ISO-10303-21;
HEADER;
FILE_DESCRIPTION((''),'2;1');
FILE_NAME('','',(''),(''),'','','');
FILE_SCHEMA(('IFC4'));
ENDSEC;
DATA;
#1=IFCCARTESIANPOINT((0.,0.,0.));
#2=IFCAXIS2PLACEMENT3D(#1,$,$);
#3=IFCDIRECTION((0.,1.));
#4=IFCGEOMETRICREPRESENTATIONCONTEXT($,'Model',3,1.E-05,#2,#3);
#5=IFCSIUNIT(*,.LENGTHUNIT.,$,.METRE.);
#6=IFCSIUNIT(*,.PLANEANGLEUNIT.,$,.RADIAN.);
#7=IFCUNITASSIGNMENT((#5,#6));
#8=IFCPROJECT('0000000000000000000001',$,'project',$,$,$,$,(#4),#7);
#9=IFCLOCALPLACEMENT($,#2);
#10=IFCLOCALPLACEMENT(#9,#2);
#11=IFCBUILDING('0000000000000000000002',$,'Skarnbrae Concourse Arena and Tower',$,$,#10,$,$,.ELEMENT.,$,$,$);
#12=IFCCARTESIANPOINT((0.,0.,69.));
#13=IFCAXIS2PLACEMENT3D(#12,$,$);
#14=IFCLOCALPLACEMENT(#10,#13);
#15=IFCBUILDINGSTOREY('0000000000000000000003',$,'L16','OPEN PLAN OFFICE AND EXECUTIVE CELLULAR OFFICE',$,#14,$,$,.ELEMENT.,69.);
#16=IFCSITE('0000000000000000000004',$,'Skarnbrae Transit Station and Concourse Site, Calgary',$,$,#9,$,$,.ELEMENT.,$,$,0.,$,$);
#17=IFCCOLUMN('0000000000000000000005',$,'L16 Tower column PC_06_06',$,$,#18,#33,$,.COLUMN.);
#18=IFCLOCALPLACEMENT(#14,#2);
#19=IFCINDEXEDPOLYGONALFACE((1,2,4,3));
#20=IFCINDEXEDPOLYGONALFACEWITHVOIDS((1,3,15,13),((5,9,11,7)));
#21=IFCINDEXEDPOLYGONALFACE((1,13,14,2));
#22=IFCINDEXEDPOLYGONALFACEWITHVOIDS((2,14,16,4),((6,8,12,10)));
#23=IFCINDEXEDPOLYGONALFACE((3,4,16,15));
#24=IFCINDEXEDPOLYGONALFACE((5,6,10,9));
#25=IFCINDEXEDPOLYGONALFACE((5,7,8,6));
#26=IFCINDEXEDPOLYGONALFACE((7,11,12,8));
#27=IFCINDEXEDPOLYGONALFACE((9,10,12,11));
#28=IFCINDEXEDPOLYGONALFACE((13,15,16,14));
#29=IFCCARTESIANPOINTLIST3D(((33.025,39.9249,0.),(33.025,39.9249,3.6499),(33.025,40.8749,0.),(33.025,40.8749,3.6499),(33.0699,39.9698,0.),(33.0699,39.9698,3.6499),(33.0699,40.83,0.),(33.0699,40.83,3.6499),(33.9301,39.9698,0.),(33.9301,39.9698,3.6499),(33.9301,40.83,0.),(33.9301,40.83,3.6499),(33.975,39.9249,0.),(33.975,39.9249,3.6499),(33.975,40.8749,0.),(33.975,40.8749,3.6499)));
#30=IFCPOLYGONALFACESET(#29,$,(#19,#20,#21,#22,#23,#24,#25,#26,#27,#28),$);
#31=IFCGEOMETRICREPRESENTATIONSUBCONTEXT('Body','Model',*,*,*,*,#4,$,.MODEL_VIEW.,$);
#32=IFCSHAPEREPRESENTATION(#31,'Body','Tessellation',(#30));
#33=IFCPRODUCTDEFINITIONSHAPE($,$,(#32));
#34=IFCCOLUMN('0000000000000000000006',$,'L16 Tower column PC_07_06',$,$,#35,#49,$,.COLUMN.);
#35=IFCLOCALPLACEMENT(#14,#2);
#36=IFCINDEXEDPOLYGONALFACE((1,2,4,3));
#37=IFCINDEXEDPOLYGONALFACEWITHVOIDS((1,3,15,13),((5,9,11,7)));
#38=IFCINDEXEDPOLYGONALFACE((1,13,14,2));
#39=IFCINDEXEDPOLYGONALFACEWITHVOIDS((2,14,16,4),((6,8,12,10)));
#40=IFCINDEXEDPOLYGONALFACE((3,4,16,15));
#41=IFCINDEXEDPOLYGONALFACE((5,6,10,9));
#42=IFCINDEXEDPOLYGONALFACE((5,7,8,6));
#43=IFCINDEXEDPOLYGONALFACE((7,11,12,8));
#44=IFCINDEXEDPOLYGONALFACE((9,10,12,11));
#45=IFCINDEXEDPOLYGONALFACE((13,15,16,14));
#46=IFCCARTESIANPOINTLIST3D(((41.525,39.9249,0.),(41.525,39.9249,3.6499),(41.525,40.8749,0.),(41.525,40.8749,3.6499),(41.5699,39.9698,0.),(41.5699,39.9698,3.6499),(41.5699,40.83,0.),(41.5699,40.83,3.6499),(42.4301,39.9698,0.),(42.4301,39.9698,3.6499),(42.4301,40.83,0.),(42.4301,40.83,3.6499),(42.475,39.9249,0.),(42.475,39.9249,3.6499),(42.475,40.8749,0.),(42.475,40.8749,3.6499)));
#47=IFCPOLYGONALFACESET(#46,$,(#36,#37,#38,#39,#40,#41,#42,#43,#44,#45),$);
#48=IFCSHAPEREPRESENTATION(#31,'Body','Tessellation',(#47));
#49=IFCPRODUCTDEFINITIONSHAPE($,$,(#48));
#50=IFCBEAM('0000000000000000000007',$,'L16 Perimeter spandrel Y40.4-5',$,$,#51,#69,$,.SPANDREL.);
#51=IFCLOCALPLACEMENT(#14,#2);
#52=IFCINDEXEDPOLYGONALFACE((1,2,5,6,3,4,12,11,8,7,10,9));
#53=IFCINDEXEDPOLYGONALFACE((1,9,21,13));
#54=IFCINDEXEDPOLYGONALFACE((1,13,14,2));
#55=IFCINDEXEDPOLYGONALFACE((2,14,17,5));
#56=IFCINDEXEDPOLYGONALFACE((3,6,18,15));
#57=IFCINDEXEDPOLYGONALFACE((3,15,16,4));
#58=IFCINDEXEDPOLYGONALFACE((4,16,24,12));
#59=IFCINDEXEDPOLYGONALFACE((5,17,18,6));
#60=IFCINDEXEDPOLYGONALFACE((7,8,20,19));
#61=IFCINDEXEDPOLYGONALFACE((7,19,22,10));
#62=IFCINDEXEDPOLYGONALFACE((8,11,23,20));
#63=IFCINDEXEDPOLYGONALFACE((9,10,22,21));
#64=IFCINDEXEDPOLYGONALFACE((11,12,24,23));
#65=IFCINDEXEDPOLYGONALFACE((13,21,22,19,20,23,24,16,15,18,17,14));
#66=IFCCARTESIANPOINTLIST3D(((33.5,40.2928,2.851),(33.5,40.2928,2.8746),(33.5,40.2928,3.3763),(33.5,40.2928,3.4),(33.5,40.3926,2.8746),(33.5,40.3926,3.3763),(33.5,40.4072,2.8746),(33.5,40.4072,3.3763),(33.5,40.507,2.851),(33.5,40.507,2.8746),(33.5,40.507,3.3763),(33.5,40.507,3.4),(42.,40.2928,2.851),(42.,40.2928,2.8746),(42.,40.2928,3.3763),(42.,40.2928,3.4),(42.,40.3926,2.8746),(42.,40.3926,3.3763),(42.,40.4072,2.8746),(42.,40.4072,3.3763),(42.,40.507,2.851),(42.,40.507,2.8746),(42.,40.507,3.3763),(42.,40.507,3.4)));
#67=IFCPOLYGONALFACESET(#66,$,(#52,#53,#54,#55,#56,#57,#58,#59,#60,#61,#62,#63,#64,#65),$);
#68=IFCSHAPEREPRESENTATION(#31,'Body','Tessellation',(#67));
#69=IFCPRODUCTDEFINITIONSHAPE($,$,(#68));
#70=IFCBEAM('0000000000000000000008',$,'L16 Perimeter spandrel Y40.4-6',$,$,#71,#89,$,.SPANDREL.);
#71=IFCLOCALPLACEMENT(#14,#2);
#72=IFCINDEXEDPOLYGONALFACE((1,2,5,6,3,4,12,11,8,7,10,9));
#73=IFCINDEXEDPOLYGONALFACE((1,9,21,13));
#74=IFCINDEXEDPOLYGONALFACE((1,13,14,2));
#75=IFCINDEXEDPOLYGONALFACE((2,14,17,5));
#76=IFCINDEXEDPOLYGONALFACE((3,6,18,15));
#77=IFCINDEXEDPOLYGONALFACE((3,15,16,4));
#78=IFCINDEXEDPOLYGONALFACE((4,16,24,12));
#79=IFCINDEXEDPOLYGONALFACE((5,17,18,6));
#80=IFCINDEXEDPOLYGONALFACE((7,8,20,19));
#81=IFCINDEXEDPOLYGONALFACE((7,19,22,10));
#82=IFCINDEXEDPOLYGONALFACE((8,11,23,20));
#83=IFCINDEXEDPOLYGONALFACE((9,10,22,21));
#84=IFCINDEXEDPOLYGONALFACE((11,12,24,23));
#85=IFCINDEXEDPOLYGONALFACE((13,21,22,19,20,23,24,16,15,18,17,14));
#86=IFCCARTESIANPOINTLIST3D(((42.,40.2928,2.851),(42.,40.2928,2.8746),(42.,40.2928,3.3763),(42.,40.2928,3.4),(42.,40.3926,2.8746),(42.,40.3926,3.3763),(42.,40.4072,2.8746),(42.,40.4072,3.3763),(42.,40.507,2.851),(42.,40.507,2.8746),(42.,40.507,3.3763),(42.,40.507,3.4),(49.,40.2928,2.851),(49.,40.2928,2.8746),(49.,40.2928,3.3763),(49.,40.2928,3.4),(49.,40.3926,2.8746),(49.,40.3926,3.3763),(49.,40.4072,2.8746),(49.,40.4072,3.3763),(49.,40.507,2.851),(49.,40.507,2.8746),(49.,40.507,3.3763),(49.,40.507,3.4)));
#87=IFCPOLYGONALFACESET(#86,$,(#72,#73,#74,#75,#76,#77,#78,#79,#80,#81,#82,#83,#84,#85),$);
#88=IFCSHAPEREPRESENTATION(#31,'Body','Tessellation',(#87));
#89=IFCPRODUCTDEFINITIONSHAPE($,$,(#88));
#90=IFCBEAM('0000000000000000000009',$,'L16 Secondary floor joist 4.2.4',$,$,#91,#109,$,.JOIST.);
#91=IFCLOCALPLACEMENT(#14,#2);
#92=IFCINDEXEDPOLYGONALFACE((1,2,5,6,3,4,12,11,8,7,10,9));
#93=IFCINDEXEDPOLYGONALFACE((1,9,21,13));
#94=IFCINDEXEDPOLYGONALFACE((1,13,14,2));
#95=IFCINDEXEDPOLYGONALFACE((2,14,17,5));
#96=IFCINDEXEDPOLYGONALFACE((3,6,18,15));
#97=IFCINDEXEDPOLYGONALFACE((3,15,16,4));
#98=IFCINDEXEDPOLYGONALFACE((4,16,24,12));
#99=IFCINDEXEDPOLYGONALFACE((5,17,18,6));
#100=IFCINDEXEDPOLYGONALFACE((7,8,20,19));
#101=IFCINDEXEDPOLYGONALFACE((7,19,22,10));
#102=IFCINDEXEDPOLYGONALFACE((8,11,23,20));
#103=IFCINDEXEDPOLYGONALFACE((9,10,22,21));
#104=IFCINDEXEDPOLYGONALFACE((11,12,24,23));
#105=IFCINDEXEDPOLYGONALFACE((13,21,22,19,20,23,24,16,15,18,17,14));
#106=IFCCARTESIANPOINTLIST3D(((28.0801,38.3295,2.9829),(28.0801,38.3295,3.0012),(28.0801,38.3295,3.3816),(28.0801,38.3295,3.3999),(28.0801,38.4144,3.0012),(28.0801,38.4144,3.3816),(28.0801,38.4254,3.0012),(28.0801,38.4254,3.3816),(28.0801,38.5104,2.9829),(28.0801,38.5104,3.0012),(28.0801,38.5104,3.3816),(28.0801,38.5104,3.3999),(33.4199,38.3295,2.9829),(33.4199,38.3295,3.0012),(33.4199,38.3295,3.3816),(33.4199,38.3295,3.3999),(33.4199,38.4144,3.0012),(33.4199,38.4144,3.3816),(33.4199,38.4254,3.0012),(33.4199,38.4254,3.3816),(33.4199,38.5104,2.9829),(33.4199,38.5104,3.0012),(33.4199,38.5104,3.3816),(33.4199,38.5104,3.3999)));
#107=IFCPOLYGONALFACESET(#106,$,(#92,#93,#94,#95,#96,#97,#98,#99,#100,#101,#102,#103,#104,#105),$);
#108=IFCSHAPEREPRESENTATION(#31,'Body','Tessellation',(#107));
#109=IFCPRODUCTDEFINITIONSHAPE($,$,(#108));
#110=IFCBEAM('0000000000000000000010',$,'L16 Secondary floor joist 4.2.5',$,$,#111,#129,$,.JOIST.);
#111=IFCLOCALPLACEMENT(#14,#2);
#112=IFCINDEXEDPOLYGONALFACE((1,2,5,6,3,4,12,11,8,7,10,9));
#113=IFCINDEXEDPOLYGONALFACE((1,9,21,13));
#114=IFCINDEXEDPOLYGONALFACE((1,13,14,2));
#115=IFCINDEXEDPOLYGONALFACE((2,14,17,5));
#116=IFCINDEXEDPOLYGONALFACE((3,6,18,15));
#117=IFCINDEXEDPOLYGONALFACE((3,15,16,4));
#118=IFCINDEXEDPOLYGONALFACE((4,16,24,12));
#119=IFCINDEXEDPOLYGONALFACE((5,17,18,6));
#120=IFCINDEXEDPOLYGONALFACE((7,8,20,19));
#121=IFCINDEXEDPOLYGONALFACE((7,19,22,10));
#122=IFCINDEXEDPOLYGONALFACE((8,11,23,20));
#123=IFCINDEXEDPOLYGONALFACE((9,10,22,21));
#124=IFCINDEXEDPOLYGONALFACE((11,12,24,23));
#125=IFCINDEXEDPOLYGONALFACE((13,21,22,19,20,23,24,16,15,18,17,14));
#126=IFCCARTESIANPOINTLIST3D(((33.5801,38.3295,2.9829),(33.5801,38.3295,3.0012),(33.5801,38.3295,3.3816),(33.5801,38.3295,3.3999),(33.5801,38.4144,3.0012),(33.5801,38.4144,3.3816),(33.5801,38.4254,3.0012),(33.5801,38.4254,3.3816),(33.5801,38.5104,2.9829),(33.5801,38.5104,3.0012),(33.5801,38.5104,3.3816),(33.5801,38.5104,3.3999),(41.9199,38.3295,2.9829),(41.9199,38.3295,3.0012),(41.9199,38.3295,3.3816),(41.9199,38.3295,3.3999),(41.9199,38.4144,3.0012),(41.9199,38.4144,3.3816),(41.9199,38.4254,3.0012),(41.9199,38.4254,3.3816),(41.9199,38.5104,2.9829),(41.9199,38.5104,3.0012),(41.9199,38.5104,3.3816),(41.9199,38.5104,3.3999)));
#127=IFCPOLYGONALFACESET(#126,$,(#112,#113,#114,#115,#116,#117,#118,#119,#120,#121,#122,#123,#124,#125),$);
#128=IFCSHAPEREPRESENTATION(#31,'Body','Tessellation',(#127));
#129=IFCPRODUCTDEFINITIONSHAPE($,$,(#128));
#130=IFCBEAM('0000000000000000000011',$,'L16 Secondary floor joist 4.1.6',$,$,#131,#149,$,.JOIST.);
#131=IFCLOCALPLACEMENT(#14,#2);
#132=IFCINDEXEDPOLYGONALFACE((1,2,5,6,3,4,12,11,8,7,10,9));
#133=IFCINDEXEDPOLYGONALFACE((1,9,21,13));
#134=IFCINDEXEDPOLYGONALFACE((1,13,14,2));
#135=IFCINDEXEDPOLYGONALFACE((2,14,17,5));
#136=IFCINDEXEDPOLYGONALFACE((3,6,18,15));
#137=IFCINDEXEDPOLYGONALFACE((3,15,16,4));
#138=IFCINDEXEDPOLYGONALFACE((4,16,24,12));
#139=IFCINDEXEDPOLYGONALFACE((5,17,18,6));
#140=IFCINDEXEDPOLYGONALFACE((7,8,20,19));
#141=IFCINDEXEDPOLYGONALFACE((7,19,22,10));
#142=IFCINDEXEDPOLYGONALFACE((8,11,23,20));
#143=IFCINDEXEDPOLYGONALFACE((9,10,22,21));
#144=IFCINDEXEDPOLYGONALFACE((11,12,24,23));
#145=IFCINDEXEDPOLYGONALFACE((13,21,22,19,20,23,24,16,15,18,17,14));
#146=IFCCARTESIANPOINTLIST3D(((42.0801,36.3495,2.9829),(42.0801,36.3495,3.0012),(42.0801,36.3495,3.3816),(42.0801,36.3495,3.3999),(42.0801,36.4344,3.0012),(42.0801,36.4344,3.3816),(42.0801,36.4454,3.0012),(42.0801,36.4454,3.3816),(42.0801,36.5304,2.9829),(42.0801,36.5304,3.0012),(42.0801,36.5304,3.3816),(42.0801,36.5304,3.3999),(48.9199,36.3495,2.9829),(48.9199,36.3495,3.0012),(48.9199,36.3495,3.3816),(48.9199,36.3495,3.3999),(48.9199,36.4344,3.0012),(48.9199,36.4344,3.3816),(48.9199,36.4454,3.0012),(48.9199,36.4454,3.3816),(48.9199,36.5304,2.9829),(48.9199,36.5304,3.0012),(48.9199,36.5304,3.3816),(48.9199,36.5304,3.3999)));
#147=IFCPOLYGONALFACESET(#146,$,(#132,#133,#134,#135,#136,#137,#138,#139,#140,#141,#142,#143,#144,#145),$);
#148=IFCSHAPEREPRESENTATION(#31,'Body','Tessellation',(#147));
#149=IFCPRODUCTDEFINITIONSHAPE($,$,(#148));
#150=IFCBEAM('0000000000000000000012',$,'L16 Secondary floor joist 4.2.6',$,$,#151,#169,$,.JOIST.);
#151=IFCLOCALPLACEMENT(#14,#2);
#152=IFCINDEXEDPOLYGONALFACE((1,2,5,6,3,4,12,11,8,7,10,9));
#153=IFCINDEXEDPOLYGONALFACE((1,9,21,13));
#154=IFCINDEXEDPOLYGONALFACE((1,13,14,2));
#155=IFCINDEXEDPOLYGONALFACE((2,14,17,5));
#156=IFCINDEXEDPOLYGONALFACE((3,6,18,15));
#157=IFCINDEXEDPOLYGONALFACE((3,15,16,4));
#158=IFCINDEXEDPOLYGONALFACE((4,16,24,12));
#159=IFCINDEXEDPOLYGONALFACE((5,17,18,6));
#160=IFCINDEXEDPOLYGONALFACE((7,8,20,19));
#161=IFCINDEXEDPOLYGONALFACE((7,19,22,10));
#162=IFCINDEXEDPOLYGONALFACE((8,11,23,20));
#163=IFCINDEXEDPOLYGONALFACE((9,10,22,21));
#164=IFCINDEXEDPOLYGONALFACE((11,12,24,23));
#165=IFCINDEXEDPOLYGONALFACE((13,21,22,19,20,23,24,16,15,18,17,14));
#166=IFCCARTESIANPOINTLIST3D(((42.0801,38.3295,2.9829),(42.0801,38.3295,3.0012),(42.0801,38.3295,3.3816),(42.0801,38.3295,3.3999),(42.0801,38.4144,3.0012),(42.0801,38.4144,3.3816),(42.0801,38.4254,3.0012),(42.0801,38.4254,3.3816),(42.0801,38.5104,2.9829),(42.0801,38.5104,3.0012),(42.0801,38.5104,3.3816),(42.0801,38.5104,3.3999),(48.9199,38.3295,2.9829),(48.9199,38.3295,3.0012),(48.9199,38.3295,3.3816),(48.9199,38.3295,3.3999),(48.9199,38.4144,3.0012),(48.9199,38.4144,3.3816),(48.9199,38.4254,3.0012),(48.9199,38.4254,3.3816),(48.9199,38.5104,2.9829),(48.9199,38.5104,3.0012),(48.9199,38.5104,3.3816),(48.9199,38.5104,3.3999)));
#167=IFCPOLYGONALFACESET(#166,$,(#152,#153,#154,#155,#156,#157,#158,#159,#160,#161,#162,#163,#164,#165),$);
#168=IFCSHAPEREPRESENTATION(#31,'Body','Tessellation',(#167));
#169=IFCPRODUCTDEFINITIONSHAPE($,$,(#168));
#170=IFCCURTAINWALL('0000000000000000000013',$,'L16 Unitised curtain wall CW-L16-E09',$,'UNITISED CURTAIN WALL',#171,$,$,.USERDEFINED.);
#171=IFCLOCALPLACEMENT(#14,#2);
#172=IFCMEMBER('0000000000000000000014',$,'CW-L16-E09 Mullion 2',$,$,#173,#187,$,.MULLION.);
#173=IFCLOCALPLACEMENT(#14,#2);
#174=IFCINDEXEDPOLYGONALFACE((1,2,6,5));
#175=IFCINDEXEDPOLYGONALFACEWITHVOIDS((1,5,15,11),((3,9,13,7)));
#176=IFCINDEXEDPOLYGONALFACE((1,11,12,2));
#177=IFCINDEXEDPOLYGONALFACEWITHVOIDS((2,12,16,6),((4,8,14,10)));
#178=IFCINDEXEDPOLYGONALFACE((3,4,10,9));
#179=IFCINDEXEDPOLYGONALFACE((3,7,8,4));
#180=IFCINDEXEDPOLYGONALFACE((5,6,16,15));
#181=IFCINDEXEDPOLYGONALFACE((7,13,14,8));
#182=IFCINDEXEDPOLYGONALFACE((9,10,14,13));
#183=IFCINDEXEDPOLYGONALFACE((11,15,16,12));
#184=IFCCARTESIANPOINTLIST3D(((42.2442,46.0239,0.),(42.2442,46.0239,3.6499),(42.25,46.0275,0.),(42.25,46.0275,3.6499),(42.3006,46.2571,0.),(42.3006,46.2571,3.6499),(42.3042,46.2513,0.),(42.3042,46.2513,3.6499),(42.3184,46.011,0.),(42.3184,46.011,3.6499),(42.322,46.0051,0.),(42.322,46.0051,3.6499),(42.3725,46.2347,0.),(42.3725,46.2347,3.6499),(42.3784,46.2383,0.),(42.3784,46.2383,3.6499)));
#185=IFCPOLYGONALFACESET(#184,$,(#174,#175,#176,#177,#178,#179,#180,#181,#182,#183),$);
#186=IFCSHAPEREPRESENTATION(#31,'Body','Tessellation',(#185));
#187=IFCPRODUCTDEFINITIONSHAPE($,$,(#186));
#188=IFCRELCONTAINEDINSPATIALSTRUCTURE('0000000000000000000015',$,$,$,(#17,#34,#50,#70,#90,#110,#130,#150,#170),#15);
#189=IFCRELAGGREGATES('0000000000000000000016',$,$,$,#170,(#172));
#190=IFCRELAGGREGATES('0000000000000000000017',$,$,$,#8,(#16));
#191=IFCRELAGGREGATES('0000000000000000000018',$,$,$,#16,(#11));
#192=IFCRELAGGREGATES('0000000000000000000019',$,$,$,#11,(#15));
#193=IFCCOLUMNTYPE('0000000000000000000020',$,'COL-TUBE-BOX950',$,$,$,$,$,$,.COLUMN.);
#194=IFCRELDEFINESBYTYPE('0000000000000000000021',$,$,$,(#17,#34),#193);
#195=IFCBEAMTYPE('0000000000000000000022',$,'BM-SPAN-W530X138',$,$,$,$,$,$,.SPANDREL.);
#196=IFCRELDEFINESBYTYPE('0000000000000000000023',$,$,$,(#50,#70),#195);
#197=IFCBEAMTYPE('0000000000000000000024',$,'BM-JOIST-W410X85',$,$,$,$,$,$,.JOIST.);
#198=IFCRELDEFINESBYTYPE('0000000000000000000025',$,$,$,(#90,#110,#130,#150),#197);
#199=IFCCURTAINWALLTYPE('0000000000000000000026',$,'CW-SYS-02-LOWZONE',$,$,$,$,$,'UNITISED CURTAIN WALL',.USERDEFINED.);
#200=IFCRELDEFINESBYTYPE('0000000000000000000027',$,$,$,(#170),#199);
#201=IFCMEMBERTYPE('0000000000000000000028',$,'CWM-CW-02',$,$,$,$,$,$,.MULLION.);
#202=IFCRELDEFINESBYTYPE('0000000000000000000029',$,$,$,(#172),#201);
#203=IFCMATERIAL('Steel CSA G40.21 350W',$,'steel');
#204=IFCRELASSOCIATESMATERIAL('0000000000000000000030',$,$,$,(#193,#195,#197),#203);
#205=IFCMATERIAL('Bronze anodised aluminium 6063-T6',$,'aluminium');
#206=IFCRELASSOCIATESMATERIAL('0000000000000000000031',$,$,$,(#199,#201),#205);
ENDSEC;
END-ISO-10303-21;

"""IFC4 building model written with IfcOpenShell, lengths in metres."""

from ifc_helpers import new_model, si_unit, direction, frame, origin, origin_2d, place, context, subcontext, project, spatial, hollow_rectangle, i_section, extrude, source, transform, mapped, material, material_profile, profile_set, type_object, element, aggregate, save


model = new_model("IFC4")

# Units and contexts
model_context = context("Model", 3, precision=1e-05, world=origin(), true_north=direction((0.0, 1.0)))
body_context = subcontext(model_context, "Body", "Model", "MODEL_VIEW")
ifc_project = project(units=[si_unit("LENGTHUNIT", "METRE"), si_unit("PLANEANGLEUNIT", "RADIAN")], contexts=[model_context])

# Site, building, storey
site_placement = place(None, origin())
site = spatial("IfcSite", under=ifc_project, at=site_placement, Name="Skarnbrae Transit Station and Concourse Site, Calgary", CompositionType="ELEMENT", RefElevation=0.0)
building_placement = place(site_placement, origin())
building = spatial("IfcBuilding", under=site, at=building_placement, Name="Skarnbrae Concourse Arena and Tower", CompositionType="ELEMENT")
storey_placement = place(building_placement, frame((0.0, 0.0, 69.0)))
storey = spatial("IfcBuildingStorey", under=building, at=storey_placement, Name="L16", Description="OPEN PLAN OFFICE AND EXECUTIVE CELLULAR OFFICE", CompositionType="ELEMENT", Elevation=69.0)

# Columns
ifc_material_1 = material(Name="Steel CSA G40.21 350W", Category="steel")
ifc_material_profile_1 = material_profile(ifc_material_1, hollow_rectangle(XDim=0.95, YDim=0.95, WallThickness=0.0449, at=origin_2d()), Name="BOX950X950X45")
ifc_profile_set_1 = profile_set([ifc_material_profile_1], Name="Steel CSA G40.21 350W")
column_type = type_object("IfcColumnType", Name="COL-TUBE-BOX950", PredefinedType="COLUMN", material=ifc_profile_set_1)
shared_shape_1 = source(origin(), body_context, "Body", "SweptSolid", [
    extrude(hollow_rectangle(XDim=0.95, YDim=0.95, WallThickness=0.0449, at=origin_2d()), origin(), (0.0, 0.0, 1.0), 3.6499),
])
for number, where, z_axis, x_axis, name in (
    (1, (33.5, 40.3999, 0.0), (0.0, 0.0, 1.0), (1.0, 0.0, 0.0), "L16 Tower column PC_06_06"),
    (2, (42.0, 40.3999, 0.0), (0.0, 0.0, 1.0), (1.0, 0.0, 0.0), "L16 Tower column PC_07_06"),
):
    element("IfcColumn", number, at=place(storey_placement, frame(where, z_axis=z_axis, x_axis=x_axis)), inside=storey, type_object=column_type, Name=name, PredefinedType="COLUMN", context=body_context, shape_type="MappedRepresentation", body=[
        mapped(shared_shape_1, transform((0.0, 0.0, 0.0))),
    ])

# Beams
ifc_material_profile_2 = material_profile(ifc_material_1, i_section(OverallWidth=0.2141, OverallDepth=0.5491, WebThickness=0.0146, FlangeThickness=0.0237, at=origin_2d()), Name="W530X138")
ifc_profile_set_2 = profile_set([ifc_material_profile_2], Name="Steel CSA G40.21 350W")
beam_type_1 = type_object("IfcBeamType", Name="BM-SPAN-W530X138", PredefinedType="SPANDREL", material=ifc_profile_set_2)
shared_shape_2 = source(origin(), body_context, "Body", "SweptSolid", [
    extrude(i_section(OverallWidth=0.2141, OverallDepth=0.5491, WebThickness=0.0146, FlangeThickness=0.0237, at=origin_2d()), origin(), (0.0, 0.0, 1.0), 8.5),
])
beam_1_placement = place(storey_placement, frame((33.5, 40.3999, 3.1255), z_axis=(1.0, 0.0, 0.0), x_axis=(0.0, 1.0, 0.0)))
element("IfcBeam", 3, at=beam_1_placement, inside=storey, type_object=beam_type_1, Name="L16 Perimeter spandrel Y40.4-5", PredefinedType="SPANDREL", context=body_context, shape_type="MappedRepresentation", body=[
    mapped(shared_shape_2, transform((0.0, 0.0, 0.0))),
])
shared_shape_3 = source(origin(), body_context, "Body", "SweptSolid", [
    extrude(i_section(OverallWidth=0.2141, OverallDepth=0.5491, WebThickness=0.0146, FlangeThickness=0.0237, at=origin_2d()), origin(), (0.0, 0.0, 1.0), 7.0),
])
beam_2_placement = place(storey_placement, frame((42.0, 40.3999, 3.1255), z_axis=(1.0, 0.0, 0.0), x_axis=(0.0, 1.0, 0.0)))
element("IfcBeam", 4, at=beam_2_placement, inside=storey, type_object=beam_type_1, Name="L16 Perimeter spandrel Y40.4-6", PredefinedType="SPANDREL", context=body_context, shape_type="MappedRepresentation", body=[
    mapped(shared_shape_3, transform((0.0, 0.0, 0.0))),
])
ifc_material_profile_3 = material_profile(ifc_material_1, i_section(OverallWidth=0.1809, OverallDepth=0.417, WebThickness=0.011, FlangeThickness=0.0183, at=origin_2d()), Name="W410X85")
ifc_profile_set_3 = profile_set([ifc_material_profile_3], Name="Steel CSA G40.21 350W")
beam_type_2 = type_object("IfcBeamType", Name="BM-JOIST-W410X85", PredefinedType="JOIST", material=ifc_profile_set_3)
shared_shape_4 = source(origin(), body_context, "Body", "SweptSolid", [
    extrude(i_section(OverallWidth=0.1809, OverallDepth=0.417, WebThickness=0.011, FlangeThickness=0.0183, at=origin_2d()), origin(), (0.0, 0.0, 1.0), 5.3398),
])
beam_3_placement = place(storey_placement, frame((28.0801, 38.4199, 3.1914), z_axis=(1.0, 0.0, 0.0), x_axis=(0.0, 1.0, 0.0)))
element("IfcBeam", 5, at=beam_3_placement, inside=storey, type_object=beam_type_2, Name="L16 Secondary floor joist 4.2.4", PredefinedType="JOIST", context=body_context, shape_type="MappedRepresentation", body=[
    mapped(shared_shape_4, transform((0.0, 0.0, 0.0))),
])
shared_shape_5 = source(origin(), body_context, "Body", "SweptSolid", [
    extrude(i_section(OverallWidth=0.1809, OverallDepth=0.417, WebThickness=0.011, FlangeThickness=0.0183, at=origin_2d()), origin(), (0.0, 0.0, 1.0), 8.3398),
])
beam_4_placement = place(storey_placement, frame((33.5801, 38.4199, 3.1914), z_axis=(1.0, 0.0, 0.0), x_axis=(0.0, 1.0, 0.0)))
element("IfcBeam", 6, at=beam_4_placement, inside=storey, type_object=beam_type_2, Name="L16 Secondary floor joist 4.2.5", PredefinedType="JOIST", context=body_context, shape_type="MappedRepresentation", body=[
    mapped(shared_shape_5, transform((0.0, 0.0, 0.0))),
])
shared_shape_6 = source(origin(), body_context, "Body", "SweptSolid", [
    extrude(i_section(OverallWidth=0.1809, OverallDepth=0.417, WebThickness=0.011, FlangeThickness=0.0183, at=origin_2d()), origin(), (0.0, 0.0, 1.0), 6.8398),
])
for number, where, z_axis, x_axis, name in (
    (7, (42.0801, 36.4399, 3.1914), (1.0, 0.0, 0.0), (0.0, 1.0, 0.0), "L16 Secondary floor joist 4.1.6"),
    (8, (42.0801, 38.4199, 3.1914), (1.0, 0.0, 0.0), (0.0, 1.0, 0.0), "L16 Secondary floor joist 4.2.6"),
):
    element("IfcBeam", number, at=place(storey_placement, frame(where, z_axis=z_axis, x_axis=x_axis)), inside=storey, type_object=beam_type_2, Name=name, PredefinedType="JOIST", context=body_context, shape_type="MappedRepresentation", body=[
        mapped(shared_shape_6, transform((0.0, 0.0, 0.0))),
    ])

# Curtain wall, member
ifc_material_2 = material(Name="Bronze anodised aluminium 6063-T6", Category="aluminium")
curtain_wall_type = type_object("IfcCurtainWallType", Name="CW-SYS-02-LOWZONE", ElementType="UNITISED CURTAIN WALL", PredefinedType="USERDEFINED", material=ifc_material_2)
curtain_wall_1_placement = place(storey_placement, origin())
curtain_wall_1 = element("IfcCurtainWall", 9, at=curtain_wall_1_placement, inside=storey, type_object=curtain_wall_type, Name="L16 Unitised curtain wall CW-L16-E09", ObjectType="UNITISED CURTAIN WALL", PredefinedType="USERDEFINED")
ifc_material_profile_4 = material_profile(ifc_material_2, hollow_rectangle(XDim=0.0801, YDim=0.24, WallThickness=0.0049, at=origin_2d()), Name="ALU-MULL-80X240")
ifc_profile_set_4 = profile_set([ifc_material_profile_4], Name="Bronze anodised aluminium 6063-T6")
member_type_1 = type_object("IfcMemberType", Name="CWM-CW-02", PredefinedType="MULLION", material=ifc_profile_set_4)
shared_shape_7 = source(origin(), body_context, "Body", "SweptSolid", [
    extrude(hollow_rectangle(XDim=0.0801, YDim=0.24, WallThickness=0.0049, at=origin_2d()), origin(), (0.0, 0.0, 1.0), 3.6499),
])
member_1_placement = place(storey_placement, frame((42.3113, 46.1311, 0.0), z_axis=(0.0, 0.0, 1.0), x_axis=(-0.971974, 0.23509, 0.0)))
member_1 = element("IfcMember", 10, at=member_1_placement, type_object=member_type_1, Name="CW-L16-E09 Mullion 2", PredefinedType="MULLION", context=body_context, shape_type="MappedRepresentation", body=[
    mapped(shared_shape_7, transform((0.0, 0.0, 0.0))),
])
aggregate(curtain_wall_1, [member_1])

save(model, "model.ifc")
